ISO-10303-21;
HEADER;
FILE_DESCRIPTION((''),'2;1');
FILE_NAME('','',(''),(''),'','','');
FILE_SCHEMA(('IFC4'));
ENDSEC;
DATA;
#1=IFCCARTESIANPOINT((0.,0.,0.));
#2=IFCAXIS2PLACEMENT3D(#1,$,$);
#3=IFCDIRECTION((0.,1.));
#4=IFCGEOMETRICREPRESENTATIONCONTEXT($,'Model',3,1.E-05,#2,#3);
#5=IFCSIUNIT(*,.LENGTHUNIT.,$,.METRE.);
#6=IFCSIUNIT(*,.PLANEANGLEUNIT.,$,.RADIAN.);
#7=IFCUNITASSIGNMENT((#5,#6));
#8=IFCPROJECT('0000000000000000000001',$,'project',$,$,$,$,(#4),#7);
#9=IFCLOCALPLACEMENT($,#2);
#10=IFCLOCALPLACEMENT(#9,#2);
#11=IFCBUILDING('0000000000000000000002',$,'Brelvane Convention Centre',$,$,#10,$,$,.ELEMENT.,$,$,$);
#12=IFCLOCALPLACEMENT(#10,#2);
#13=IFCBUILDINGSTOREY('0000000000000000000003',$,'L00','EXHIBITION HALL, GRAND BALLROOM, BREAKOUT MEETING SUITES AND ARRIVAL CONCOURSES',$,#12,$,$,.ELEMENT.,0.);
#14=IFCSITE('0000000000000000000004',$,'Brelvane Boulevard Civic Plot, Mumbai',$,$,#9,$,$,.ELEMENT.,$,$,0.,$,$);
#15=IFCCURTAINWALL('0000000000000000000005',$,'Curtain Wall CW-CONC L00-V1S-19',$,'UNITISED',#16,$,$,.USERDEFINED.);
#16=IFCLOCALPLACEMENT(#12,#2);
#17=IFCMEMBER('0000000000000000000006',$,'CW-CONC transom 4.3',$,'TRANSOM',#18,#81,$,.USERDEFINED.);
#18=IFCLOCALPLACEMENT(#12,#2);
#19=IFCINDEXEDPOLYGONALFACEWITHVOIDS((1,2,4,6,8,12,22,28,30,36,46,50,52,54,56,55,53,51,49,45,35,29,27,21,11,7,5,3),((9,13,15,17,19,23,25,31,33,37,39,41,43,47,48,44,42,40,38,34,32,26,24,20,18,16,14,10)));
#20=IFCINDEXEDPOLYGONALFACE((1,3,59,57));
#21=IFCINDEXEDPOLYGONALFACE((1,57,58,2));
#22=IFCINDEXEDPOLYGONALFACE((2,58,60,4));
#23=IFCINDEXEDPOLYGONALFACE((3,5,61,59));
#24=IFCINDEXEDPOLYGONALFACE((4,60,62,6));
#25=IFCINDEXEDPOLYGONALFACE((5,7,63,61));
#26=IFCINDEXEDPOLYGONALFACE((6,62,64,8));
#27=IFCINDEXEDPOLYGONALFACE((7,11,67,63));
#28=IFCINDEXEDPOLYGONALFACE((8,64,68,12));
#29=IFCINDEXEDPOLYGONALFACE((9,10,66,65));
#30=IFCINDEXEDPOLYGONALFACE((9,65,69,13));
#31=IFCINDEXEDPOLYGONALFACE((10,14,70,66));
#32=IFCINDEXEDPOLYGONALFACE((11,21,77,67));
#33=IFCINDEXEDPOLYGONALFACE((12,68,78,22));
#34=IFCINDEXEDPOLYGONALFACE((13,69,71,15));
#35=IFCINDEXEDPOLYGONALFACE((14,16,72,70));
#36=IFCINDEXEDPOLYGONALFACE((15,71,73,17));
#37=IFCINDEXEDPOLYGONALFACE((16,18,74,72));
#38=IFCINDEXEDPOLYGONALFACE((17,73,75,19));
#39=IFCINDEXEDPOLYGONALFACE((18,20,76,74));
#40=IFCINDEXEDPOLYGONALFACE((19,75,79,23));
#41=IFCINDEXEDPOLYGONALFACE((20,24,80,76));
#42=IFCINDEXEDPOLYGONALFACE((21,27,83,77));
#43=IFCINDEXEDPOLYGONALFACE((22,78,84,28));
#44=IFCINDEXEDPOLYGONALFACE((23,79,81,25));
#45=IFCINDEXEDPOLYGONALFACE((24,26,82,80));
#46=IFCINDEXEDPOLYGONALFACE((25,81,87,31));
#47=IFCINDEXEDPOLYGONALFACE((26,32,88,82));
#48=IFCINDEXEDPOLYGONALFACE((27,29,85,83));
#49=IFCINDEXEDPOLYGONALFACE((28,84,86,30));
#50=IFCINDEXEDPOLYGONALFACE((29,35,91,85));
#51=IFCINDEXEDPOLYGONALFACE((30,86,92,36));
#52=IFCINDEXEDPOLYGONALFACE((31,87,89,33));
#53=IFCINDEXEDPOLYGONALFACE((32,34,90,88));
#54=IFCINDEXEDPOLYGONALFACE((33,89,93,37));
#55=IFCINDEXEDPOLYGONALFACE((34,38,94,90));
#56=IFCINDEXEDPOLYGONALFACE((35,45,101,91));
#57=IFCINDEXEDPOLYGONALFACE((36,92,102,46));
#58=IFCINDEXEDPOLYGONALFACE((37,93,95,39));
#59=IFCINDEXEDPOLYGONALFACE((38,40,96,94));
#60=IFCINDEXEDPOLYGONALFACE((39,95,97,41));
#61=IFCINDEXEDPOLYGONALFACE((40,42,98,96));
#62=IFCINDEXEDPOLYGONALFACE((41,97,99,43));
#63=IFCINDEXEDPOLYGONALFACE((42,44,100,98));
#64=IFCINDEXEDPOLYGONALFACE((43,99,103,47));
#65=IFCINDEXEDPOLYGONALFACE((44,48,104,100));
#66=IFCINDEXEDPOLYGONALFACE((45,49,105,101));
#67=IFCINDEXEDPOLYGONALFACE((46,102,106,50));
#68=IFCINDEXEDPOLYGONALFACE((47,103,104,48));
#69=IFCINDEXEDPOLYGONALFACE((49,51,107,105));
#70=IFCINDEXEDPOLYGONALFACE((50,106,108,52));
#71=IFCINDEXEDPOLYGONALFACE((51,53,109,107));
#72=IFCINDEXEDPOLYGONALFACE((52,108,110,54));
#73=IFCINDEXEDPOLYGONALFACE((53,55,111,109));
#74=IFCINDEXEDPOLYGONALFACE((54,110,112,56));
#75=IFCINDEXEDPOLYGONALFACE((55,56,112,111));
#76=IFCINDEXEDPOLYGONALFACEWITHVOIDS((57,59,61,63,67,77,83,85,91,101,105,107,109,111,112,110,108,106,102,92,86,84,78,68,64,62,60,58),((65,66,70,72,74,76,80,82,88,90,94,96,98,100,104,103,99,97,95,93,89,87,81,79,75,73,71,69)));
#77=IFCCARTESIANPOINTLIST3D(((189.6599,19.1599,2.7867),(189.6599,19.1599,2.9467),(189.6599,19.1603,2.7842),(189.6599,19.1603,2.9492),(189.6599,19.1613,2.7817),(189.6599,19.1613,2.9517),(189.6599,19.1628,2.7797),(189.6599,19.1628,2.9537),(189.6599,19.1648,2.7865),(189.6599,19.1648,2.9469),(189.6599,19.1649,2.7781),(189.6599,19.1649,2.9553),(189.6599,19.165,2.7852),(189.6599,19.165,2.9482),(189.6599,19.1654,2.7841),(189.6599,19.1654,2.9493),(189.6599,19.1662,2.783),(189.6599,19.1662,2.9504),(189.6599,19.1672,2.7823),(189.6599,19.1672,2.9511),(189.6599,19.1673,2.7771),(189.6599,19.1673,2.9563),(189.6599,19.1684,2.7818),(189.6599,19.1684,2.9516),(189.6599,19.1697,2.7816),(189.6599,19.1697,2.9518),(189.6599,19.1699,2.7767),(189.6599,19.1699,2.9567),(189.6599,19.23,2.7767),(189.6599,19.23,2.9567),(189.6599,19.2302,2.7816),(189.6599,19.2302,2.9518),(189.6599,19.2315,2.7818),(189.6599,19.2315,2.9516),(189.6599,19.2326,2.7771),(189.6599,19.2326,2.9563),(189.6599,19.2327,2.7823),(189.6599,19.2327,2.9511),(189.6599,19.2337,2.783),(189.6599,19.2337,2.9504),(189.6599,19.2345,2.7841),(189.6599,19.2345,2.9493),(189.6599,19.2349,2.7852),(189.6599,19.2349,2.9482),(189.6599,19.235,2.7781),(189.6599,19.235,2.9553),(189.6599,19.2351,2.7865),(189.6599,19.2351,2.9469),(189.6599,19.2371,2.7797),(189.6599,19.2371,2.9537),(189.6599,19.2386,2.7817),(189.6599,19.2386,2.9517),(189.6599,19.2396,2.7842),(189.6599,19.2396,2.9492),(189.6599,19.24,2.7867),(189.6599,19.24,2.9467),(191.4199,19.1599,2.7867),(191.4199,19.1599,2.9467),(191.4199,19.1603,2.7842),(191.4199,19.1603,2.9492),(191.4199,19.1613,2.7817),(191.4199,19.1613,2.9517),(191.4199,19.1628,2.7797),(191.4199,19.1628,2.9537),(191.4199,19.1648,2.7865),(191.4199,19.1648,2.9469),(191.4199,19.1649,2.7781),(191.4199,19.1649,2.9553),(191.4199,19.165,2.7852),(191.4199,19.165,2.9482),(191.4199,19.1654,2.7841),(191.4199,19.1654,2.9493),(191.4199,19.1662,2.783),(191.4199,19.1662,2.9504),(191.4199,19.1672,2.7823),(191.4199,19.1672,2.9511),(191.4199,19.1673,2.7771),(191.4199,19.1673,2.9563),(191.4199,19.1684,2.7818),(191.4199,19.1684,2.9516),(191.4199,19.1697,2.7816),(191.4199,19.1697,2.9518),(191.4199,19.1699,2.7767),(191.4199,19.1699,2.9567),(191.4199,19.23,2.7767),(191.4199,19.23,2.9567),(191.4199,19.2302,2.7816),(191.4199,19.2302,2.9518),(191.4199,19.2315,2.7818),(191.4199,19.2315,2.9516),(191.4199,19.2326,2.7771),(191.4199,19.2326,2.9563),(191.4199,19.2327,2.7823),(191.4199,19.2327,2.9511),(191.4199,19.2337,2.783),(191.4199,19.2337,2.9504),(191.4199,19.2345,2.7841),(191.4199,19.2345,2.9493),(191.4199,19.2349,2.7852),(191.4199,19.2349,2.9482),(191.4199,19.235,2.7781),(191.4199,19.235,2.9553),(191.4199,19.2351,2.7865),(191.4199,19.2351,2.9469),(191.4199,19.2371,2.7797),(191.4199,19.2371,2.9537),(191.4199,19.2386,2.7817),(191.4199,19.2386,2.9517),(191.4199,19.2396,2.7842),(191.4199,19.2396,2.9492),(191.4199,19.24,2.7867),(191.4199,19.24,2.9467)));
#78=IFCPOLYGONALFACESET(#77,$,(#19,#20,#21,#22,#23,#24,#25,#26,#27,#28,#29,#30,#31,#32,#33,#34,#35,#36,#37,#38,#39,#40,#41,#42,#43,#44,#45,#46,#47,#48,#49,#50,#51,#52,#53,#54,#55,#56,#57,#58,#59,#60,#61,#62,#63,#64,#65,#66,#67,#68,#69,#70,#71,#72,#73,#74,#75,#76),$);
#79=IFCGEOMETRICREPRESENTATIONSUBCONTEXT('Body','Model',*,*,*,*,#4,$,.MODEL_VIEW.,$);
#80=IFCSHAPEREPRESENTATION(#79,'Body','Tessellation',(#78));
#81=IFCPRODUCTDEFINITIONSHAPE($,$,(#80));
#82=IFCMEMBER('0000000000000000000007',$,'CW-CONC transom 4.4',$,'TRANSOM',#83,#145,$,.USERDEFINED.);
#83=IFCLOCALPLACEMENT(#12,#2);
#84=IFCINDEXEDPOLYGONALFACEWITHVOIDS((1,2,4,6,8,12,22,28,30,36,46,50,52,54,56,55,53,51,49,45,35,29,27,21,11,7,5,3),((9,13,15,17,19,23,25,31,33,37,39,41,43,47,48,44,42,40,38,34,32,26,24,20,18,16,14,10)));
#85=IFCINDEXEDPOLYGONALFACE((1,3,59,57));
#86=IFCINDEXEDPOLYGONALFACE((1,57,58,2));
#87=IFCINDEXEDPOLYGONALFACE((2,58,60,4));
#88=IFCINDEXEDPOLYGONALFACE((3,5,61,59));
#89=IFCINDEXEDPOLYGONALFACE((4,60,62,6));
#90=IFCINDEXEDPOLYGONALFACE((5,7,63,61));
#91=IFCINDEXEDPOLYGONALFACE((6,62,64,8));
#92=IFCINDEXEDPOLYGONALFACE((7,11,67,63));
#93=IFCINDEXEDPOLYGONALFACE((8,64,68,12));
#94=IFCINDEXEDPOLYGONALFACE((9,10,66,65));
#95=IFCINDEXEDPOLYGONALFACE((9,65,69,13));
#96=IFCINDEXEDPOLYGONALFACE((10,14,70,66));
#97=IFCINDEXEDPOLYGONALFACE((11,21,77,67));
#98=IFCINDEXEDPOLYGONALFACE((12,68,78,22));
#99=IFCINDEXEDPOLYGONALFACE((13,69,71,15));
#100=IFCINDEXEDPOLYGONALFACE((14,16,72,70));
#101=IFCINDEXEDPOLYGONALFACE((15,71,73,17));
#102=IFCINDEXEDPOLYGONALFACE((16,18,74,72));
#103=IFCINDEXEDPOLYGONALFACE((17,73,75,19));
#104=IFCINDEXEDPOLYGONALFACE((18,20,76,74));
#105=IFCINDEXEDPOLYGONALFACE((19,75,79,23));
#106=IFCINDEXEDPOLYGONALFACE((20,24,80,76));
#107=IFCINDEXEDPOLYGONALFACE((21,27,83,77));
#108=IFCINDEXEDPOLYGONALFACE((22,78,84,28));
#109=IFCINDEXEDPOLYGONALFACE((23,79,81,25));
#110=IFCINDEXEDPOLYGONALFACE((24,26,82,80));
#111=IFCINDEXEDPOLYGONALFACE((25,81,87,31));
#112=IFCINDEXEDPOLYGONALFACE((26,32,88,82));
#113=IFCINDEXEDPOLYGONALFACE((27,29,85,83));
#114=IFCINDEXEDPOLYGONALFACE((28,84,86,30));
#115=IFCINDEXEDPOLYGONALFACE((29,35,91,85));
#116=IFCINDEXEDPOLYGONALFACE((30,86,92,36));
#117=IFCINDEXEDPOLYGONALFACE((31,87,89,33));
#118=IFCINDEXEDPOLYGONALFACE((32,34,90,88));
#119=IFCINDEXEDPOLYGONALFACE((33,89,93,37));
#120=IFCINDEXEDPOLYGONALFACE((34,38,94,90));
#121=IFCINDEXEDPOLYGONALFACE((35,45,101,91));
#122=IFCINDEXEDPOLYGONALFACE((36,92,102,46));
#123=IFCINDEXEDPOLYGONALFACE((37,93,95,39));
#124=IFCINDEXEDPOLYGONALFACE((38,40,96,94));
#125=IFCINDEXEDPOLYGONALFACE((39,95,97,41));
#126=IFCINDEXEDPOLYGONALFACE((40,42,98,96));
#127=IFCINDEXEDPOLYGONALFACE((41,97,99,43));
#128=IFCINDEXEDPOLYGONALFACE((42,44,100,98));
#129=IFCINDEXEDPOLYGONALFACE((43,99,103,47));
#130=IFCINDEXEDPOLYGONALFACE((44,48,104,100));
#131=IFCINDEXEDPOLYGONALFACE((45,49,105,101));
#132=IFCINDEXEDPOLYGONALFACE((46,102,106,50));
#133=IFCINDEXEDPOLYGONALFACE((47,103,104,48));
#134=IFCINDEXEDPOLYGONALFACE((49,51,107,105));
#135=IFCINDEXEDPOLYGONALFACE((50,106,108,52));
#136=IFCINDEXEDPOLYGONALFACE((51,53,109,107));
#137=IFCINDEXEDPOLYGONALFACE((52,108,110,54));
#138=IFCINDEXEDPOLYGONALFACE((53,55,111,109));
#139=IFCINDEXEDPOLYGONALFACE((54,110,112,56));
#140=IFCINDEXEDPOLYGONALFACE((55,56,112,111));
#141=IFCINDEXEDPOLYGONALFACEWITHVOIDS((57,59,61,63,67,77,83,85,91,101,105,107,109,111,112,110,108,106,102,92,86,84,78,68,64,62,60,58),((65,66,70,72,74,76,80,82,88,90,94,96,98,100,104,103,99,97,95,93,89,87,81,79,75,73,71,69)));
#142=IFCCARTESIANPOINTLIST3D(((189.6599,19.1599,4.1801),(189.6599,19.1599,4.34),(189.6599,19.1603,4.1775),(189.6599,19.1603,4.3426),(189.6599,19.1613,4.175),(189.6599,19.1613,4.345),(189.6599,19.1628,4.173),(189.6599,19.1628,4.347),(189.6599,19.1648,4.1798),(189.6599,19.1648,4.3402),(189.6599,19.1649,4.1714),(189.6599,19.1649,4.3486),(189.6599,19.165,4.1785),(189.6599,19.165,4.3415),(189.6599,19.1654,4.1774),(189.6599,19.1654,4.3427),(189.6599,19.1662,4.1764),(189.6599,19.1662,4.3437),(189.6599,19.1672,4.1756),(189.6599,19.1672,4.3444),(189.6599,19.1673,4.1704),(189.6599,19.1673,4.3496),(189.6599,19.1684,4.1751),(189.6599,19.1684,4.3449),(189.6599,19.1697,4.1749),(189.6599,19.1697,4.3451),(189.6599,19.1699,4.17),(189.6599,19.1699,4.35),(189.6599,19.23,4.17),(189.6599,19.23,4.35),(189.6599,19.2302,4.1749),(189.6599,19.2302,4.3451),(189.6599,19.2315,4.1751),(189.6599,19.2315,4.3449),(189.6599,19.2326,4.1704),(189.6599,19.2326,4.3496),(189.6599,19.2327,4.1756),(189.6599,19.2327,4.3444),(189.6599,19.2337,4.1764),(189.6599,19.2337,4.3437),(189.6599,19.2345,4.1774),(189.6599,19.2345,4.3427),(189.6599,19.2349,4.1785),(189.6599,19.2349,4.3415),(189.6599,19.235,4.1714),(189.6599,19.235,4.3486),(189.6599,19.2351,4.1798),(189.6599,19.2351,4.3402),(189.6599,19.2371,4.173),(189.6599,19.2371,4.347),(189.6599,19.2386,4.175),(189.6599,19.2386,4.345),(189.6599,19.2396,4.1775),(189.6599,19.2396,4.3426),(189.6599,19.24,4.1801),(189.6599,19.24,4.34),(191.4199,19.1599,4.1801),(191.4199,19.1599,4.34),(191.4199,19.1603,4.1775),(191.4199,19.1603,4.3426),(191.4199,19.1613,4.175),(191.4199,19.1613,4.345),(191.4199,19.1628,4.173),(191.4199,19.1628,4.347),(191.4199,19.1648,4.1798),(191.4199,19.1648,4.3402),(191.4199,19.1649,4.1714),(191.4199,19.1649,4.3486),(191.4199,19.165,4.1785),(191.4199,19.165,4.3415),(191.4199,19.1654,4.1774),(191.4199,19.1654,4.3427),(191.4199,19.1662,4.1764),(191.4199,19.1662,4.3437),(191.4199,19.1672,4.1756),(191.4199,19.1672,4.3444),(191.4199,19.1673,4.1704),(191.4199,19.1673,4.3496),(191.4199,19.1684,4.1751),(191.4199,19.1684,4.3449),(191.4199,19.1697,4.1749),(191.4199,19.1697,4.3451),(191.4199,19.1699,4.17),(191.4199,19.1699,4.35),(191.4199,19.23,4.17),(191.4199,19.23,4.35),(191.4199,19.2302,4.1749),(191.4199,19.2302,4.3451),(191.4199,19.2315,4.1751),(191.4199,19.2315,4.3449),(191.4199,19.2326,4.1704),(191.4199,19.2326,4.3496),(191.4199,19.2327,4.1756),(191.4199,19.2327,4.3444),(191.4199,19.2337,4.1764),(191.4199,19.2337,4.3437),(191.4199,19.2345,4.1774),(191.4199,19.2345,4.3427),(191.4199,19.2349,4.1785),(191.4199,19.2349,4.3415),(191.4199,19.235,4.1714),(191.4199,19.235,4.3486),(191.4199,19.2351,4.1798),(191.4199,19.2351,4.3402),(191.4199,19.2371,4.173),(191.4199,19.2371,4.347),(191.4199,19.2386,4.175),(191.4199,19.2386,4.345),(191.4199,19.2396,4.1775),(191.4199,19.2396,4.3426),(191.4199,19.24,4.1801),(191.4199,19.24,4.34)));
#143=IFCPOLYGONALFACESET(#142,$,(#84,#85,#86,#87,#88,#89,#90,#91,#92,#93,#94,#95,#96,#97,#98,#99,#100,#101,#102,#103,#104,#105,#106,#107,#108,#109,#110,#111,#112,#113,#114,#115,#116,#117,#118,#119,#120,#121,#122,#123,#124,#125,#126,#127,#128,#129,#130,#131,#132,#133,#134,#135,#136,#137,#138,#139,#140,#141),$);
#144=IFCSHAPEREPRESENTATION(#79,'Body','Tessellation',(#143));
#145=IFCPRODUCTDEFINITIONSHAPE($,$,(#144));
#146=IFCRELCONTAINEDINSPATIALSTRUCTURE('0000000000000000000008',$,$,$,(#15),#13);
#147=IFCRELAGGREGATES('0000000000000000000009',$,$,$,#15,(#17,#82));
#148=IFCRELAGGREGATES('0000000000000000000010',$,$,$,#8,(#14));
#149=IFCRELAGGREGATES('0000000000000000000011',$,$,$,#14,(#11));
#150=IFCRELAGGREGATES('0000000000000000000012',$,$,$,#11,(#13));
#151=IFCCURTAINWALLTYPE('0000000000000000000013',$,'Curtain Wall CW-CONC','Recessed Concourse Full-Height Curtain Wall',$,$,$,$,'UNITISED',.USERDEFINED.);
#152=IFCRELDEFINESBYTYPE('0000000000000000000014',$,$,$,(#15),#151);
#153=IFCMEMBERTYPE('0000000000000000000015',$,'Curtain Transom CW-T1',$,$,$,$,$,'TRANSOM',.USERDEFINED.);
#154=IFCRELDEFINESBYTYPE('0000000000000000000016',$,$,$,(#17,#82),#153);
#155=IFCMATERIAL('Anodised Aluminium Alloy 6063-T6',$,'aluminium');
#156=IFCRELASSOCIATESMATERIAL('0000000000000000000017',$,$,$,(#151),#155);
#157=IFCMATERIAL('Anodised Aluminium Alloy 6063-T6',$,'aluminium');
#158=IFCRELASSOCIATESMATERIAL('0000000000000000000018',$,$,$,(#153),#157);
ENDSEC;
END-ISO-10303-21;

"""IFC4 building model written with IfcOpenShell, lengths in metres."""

from ifc_helpers import new_model, si_unit, direction, frame, origin, origin_2d, place, context, subcontext, project, spatial, hollow_rectangle, extrude, material, material_profile, profile_set, type_object, element, aggregate, save


model = new_model("IFC4")

# Units and contexts
model_context = context("Model", 3, precision=1e-05, world=origin(), true_north=direction((0.0, 1.0)))
body_context = subcontext(model_context, "Body", "Model", "MODEL_VIEW")
ifc_project = project(units=[si_unit("LENGTHUNIT", "METRE"), si_unit("PLANEANGLEUNIT", "RADIAN")], contexts=[model_context])

# Site, building, storey
site_placement = place(None, origin())
site = spatial("IfcSite", under=ifc_project, at=site_placement, Name="Brelvane Boulevard Civic Plot, Mumbai", CompositionType="ELEMENT", RefElevation=0.0)
building_placement = place(site_placement, origin())
building = spatial("IfcBuilding", under=site, at=building_placement, Name="Brelvane Convention Centre", CompositionType="ELEMENT")
storey_placement = place(building_placement, origin())
storey = spatial("IfcBuildingStorey", under=building, at=storey_placement, Name="L00", Description="EXHIBITION HALL, GRAND BALLROOM, BREAKOUT MEETING SUITES AND ARRIVAL CONCOURSES", CompositionType="ELEMENT", Elevation=0.0)

# Curtain wall, members
ifc_material_1 = material(Name="Anodised Aluminium Alloy 6063-T6", Category="aluminium")
curtain_wall_type = type_object("IfcCurtainWallType", Name="Curtain Wall CW-CONC", Description="Recessed Concourse Full-Height Curtain Wall", ElementType="UNITISED", PredefinedType="USERDEFINED", material=ifc_material_1)
curtain_wall_placement = place(storey_placement, origin())
curtain_wall = element("IfcCurtainWall", 1, at=curtain_wall_placement, inside=storey, type_object=curtain_wall_type, Name="Curtain Wall CW-CONC L00-V1S-19", ObjectType="UNITISED", PredefinedType="USERDEFINED")
ifc_material_2 = material(Name="Anodised Aluminium Alloy 6063-T6", Category="aluminium")
ifc_material_profile_1 = material_profile(ifc_material_2, hollow_rectangle(XDim=0.0801, YDim=0.1799, WallThickness=0.0049, InnerFilletRadius=0.0049, OuterFilletRadius=0.01, at=origin_2d()), Name="ALU-T 180x80x5.0")
ifc_profile_set_1 = profile_set([ifc_material_profile_1], Name="Anodised Aluminium Alloy 6063-T6")
member_type_1 = type_object("IfcMemberType", Name="Curtain Transom CW-T1", ElementType="TRANSOM", PredefinedType="USERDEFINED", material=ifc_profile_set_1)
member_1_placement = place(storey_placement, frame((189.6599, 19.2, 2.8667), z_axis=(1.0, 0.0, 0.0), x_axis=(0.0, 1.0, 0.0)))
member_1 = element("IfcMember", 2, at=member_1_placement, type_object=member_type_1, Name="CW-CONC transom 4.3", ObjectType="TRANSOM", PredefinedType="USERDEFINED", context=body_context, shape_type="SweptSolid", body=[
    extrude(hollow_rectangle(XDim=0.0801, YDim=0.1799, WallThickness=0.0049, InnerFilletRadius=0.0049, OuterFilletRadius=0.01, at=origin_2d()), origin(), (0.0, 0.0, 1.0), 1.76),
])
member_2_placement = place(storey_placement, frame((189.6599, 19.2, 4.26), z_axis=(1.0, 0.0, 0.0), x_axis=(0.0, 1.0, 0.0)))
member_2 = element("IfcMember", 3, at=member_2_placement, type_object=member_type_1, Name="CW-CONC transom 4.4", ObjectType="TRANSOM", PredefinedType="USERDEFINED", context=body_context, shape_type="SweptSolid", body=[
    extrude(hollow_rectangle(XDim=0.0801, YDim=0.1799, WallThickness=0.0049, InnerFilletRadius=0.0049, OuterFilletRadius=0.01, at=origin_2d()), origin(), (0.0, 0.0, 1.0), 1.76),
])
aggregate(curtain_wall, [member_1, member_2])

save(model, "model.ifc")
